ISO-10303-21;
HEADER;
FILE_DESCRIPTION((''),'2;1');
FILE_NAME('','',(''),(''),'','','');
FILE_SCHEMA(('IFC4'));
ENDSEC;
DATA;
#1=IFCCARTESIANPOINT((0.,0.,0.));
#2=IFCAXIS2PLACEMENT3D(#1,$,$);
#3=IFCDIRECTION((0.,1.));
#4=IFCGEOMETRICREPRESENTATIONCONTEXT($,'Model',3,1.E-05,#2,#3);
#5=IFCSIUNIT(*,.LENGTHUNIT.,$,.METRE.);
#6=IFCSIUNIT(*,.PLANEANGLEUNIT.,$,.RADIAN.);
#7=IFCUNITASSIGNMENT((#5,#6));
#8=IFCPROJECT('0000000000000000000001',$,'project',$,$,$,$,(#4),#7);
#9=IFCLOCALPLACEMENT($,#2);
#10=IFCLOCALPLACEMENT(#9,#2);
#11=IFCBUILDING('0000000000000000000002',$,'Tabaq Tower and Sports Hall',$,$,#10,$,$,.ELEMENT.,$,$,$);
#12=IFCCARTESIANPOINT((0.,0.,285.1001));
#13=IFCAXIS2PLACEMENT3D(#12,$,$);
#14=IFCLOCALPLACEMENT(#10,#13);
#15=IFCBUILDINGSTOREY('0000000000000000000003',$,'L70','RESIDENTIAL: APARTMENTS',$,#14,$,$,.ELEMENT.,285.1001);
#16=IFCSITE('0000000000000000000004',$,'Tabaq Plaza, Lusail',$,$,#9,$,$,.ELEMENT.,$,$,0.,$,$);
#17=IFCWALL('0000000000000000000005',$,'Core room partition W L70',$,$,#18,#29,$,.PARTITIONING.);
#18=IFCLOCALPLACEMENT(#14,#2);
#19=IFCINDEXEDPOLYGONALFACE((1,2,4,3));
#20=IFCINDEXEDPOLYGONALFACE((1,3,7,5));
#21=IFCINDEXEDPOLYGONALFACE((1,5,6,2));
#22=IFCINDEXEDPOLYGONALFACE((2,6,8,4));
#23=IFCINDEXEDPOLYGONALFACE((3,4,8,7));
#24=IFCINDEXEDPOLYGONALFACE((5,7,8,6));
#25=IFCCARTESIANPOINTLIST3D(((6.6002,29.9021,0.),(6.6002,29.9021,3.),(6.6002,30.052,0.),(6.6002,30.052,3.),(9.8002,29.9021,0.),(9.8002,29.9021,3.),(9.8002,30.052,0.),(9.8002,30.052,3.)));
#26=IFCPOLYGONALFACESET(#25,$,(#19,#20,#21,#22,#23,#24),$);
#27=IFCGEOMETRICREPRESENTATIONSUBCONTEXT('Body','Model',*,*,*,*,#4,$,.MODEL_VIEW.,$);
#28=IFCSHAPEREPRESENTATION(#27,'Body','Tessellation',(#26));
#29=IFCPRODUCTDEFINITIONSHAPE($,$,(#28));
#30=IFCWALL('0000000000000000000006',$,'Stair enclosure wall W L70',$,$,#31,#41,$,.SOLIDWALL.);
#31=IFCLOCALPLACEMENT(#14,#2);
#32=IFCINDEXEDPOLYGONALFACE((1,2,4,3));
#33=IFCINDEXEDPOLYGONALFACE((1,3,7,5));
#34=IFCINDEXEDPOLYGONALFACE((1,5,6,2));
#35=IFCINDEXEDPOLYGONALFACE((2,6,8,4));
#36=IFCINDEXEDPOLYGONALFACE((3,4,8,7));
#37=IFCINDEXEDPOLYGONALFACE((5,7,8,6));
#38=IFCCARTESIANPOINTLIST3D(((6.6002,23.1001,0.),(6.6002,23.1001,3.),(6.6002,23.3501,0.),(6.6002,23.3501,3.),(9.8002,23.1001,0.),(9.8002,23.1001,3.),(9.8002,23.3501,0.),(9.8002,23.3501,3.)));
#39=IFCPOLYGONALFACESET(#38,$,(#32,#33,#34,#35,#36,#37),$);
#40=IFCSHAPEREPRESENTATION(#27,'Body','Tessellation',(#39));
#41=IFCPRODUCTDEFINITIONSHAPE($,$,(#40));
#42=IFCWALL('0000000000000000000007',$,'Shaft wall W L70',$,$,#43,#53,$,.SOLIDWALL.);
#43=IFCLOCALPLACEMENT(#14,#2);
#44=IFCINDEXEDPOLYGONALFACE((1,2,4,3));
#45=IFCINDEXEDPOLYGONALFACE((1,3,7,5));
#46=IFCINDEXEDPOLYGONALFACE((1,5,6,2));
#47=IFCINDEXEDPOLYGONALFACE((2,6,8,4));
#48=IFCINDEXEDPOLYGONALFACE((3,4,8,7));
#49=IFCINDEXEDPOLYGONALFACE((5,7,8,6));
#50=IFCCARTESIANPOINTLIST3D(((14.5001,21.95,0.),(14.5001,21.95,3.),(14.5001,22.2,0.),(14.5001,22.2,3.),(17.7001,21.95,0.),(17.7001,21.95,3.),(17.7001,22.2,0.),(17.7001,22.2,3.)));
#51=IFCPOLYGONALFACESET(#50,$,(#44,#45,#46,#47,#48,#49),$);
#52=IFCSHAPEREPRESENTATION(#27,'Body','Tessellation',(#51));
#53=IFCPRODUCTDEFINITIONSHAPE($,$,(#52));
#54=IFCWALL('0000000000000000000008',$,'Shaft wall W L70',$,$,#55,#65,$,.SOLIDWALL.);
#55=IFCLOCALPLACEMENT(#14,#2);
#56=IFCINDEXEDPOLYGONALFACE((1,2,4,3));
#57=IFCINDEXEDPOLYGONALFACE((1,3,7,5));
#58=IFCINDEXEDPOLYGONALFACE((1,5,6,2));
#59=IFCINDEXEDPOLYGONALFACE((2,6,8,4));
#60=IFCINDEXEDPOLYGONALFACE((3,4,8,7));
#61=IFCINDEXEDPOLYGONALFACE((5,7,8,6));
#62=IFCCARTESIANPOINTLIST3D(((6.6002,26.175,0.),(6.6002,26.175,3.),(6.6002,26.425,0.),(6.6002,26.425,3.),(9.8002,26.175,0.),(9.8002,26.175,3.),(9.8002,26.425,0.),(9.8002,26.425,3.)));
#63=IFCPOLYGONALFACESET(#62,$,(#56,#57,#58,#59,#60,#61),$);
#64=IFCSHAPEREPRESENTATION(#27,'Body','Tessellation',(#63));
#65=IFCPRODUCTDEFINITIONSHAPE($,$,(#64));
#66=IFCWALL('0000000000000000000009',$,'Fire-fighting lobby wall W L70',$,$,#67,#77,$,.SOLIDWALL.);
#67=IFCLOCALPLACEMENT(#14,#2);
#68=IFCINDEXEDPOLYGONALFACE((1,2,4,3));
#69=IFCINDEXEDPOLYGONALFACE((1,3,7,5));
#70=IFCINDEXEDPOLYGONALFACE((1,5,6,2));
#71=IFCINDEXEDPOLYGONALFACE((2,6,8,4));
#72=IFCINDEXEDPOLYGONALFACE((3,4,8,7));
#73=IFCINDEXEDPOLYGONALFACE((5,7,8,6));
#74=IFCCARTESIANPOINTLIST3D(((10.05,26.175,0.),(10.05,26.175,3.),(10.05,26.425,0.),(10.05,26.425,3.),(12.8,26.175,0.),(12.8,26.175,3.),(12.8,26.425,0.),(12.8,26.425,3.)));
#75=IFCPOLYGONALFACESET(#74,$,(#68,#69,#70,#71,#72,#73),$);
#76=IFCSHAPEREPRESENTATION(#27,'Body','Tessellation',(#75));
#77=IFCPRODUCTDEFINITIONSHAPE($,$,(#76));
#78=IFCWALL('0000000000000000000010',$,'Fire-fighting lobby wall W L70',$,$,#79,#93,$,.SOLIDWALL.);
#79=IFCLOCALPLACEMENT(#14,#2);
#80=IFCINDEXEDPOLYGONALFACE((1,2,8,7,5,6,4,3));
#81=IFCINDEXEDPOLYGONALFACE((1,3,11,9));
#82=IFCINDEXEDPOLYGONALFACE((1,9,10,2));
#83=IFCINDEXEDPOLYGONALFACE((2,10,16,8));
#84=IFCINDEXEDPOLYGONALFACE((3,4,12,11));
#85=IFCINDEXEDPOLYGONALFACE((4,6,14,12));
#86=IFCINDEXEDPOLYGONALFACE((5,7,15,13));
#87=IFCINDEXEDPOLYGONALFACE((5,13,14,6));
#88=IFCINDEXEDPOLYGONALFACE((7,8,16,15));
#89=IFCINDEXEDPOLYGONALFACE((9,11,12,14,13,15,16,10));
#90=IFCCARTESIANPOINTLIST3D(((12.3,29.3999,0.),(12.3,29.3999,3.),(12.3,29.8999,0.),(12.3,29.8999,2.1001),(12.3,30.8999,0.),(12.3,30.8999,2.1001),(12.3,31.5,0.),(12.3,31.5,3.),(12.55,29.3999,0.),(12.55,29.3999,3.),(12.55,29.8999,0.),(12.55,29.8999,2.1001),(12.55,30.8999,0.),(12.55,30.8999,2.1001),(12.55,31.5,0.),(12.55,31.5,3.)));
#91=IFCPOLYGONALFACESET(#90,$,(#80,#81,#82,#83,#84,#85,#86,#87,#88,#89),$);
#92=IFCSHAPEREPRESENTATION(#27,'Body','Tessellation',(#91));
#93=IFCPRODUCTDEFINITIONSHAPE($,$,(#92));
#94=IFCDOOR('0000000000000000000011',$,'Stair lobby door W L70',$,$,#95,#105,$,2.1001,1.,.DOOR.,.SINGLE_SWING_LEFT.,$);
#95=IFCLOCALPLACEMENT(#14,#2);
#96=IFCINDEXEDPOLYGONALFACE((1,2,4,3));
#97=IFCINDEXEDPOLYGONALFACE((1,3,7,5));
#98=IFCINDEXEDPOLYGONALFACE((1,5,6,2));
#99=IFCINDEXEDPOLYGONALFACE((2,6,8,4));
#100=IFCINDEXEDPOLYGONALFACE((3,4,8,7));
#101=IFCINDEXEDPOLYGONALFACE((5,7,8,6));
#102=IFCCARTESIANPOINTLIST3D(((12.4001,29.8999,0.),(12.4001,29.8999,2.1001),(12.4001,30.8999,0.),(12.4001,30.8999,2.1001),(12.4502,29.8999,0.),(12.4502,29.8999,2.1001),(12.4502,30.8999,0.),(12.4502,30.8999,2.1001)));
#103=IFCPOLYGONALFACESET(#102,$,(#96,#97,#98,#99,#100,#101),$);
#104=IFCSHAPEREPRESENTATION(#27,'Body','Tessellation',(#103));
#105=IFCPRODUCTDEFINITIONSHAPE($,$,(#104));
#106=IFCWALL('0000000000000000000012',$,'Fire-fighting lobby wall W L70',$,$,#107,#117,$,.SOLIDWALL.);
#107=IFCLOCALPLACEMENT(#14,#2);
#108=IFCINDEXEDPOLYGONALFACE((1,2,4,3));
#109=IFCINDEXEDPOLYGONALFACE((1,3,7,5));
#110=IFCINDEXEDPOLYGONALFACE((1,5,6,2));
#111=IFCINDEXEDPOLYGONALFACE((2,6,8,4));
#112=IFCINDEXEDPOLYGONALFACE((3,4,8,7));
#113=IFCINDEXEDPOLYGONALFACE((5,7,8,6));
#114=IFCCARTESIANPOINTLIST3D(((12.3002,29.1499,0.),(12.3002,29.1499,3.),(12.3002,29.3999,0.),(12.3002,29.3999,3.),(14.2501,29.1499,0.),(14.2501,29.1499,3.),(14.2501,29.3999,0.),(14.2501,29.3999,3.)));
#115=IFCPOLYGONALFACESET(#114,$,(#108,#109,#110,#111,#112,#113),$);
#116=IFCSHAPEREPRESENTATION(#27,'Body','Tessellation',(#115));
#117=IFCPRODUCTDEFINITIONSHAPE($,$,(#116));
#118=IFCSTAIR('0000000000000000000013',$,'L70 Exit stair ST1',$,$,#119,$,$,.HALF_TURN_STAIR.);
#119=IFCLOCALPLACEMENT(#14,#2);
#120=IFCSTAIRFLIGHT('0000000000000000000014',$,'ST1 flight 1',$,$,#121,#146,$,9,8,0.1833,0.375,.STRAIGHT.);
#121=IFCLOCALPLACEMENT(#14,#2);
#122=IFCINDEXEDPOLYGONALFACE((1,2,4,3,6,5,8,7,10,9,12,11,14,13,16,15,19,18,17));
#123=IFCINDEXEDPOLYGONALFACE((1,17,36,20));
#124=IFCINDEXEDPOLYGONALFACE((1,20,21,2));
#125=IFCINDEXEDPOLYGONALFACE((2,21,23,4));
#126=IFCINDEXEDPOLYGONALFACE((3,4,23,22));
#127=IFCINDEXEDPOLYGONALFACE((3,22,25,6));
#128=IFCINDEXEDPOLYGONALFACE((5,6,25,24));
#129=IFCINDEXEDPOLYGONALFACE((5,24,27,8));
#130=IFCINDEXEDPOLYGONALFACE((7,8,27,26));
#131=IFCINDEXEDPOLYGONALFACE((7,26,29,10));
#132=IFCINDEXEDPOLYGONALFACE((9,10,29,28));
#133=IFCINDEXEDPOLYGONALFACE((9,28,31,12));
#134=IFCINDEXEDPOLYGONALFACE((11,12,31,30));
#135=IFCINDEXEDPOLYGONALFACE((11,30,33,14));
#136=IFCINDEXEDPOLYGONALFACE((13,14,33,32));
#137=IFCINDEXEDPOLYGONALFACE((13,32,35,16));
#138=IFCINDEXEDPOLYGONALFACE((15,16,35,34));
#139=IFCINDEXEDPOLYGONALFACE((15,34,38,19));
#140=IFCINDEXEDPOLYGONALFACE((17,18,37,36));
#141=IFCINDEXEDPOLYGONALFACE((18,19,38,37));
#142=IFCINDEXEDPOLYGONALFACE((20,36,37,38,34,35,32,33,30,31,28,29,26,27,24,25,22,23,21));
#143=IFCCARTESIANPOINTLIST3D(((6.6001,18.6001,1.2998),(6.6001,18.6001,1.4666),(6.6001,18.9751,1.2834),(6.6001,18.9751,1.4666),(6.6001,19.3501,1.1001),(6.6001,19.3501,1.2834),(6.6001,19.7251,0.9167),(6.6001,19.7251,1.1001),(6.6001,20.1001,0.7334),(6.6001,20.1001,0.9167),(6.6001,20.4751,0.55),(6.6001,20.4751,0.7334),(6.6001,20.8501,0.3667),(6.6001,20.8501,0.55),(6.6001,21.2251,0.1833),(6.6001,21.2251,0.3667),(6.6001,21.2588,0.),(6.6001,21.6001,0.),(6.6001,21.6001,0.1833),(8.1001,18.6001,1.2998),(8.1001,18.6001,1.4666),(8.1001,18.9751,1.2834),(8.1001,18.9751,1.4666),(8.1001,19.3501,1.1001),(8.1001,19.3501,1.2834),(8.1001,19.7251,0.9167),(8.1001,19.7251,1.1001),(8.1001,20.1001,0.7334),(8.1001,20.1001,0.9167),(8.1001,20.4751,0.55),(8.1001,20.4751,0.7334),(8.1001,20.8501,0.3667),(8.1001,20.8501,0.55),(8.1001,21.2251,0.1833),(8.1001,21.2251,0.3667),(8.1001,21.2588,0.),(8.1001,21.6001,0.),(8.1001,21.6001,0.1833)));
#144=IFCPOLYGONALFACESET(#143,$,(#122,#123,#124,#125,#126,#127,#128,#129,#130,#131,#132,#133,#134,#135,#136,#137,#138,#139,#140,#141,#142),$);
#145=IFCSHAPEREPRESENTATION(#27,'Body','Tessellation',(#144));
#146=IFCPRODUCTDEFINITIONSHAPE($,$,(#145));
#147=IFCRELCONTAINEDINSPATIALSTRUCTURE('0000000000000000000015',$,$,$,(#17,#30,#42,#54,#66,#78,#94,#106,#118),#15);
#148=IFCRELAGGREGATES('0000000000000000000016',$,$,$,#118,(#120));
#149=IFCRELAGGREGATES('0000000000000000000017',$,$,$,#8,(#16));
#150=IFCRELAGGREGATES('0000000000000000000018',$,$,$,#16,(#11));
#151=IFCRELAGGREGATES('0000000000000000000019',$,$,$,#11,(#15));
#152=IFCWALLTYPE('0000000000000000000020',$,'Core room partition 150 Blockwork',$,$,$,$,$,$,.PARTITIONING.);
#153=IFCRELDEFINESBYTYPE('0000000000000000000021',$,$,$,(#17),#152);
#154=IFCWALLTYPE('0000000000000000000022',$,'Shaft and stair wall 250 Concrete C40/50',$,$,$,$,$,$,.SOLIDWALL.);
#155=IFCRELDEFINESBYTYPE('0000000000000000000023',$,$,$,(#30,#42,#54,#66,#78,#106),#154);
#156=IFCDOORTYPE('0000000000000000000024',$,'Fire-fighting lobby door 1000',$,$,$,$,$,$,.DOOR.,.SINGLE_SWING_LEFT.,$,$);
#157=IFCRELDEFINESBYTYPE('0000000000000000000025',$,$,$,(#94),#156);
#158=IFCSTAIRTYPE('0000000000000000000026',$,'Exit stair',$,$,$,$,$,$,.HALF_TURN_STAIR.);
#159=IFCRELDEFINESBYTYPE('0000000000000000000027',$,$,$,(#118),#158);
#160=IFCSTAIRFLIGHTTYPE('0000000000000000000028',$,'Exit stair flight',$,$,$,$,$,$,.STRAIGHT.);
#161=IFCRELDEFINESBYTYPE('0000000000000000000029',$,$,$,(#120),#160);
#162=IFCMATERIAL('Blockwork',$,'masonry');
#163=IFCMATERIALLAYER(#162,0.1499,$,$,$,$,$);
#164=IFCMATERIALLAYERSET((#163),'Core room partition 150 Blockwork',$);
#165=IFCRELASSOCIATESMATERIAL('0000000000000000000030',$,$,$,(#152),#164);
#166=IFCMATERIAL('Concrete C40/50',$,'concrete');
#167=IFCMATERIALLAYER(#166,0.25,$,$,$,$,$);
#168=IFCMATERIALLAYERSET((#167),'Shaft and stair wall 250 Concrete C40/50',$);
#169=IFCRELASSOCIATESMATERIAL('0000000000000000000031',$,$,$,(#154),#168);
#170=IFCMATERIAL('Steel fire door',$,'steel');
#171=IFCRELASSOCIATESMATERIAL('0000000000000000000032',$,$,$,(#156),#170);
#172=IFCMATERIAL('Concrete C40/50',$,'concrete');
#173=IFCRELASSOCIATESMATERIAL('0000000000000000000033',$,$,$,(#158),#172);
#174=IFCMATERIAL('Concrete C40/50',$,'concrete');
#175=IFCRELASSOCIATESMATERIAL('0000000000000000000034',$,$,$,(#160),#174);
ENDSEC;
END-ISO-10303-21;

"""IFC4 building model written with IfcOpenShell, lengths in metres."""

from ifc_helpers import new_model, si_unit, direction, frame, frame_2d, origin, place, context, subcontext, project, spatial, polyline, rectangle, outline, extrude, material, layer, layer_set, type_object, element, fill, aggregate, save


model = new_model("IFC4")

# Units and contexts
model_context = context("Model", 3, precision=1e-05, world=origin(), true_north=direction((0.0, 1.0)))
body_context = subcontext(model_context, "Body", "Model", "MODEL_VIEW")
ifc_project = project(units=[si_unit("LENGTHUNIT", "METRE"), si_unit("PLANEANGLEUNIT", "RADIAN")], contexts=[model_context])

# Site, building, storey
site_placement = place(None, origin())
site = spatial("IfcSite", under=ifc_project, at=site_placement, Name="Tabaq Plaza, Lusail", CompositionType="ELEMENT", RefElevation=0.0)
building_placement = place(site_placement, origin())
building = spatial("IfcBuilding", under=site, at=building_placement, Name="Tabaq Tower and Sports Hall", CompositionType="ELEMENT")
storey_placement = place(building_placement, frame((0.0, 0.0, 285.1001)))
storey = spatial("IfcBuildingStorey", under=building, at=storey_placement, Name="L70", Description="RESIDENTIAL: APARTMENTS", CompositionType="ELEMENT", Elevation=285.1001)

# Wall
ifc_material_1 = material(Name="Blockwork", Category="masonry")
ifc_layer_1 = layer(ifc_material_1, 0.1499)
ifc_layer_set_1 = layer_set([ifc_layer_1], Name="Core room partition 150 Blockwork")
wall_type_1 = type_object("IfcWallType", Name="Core room partition 150 Blockwork", PredefinedType="PARTITIONING", material=ifc_layer_set_1)
wall_1_placement = place(storey_placement, frame((6.6001, 29.9771, 0.0), z_axis=(0.0, 0.0, 1.0), x_axis=(1.0, 0.0, 0.0)))
element("IfcWall", 1, at=wall_1_placement, inside=storey, type_object=wall_type_1, Name="Core room partition W L70", PredefinedType="PARTITIONING", context=body_context, shape_type="SweptSolid", body=[
    extrude(rectangle(XDim=3.2, YDim=0.1499, at=frame_2d((1.6001, 0.0))), origin(), (0.0, 0.0, 1.0), 3.0),
])

# Walls
ifc_material_2 = material(Name="Concrete C40/50", Category="concrete")
ifc_layer_2 = layer(ifc_material_2, 0.25)
ifc_layer_set_2 = layer_set([ifc_layer_2], Name="Shaft and stair wall 250 Concrete C40/50")
wall_type_2 = type_object("IfcWallType", Name="Shaft and stair wall 250 Concrete C40/50", PredefinedType="SOLIDWALL", material=ifc_layer_set_2)
for number, where, z_axis, x_axis, name in (
    (2, (6.6001, 23.2251, 0.0), (0.0, 0.0, 1.0), (1.0, 0.0, 0.0), "Stair enclosure wall W L70"),
    (3, (14.5, 22.075, 0.0), (0.0, 0.0, 1.0), (1.0, 0.0, 0.0), "Shaft wall W L70"),
    (4, (6.6001, 26.3, 0.0), (0.0, 0.0, 1.0), (1.0, 0.0, 0.0), "Shaft wall W L70"),
):
    element("IfcWall", number, at=place(storey_placement, frame(where, z_axis=z_axis, x_axis=x_axis)), inside=storey, type_object=wall_type_2, Name=name, PredefinedType="SOLIDWALL", context=body_context, shape_type="SweptSolid", body=[
        extrude(rectangle(XDim=3.2, YDim=0.25, at=frame_2d((1.6001, 0.0))), origin(), (0.0, 0.0, 1.0), 3.0),
    ])
wall_2_placement = place(storey_placement, frame((10.05, 26.3, 0.0), z_axis=(0.0, 0.0, 1.0), x_axis=(1.0, 0.0, 0.0)))
element("IfcWall", 5, at=wall_2_placement, inside=storey, type_object=wall_type_2, Name="Fire-fighting lobby wall W L70", PredefinedType="SOLIDWALL", context=body_context, shape_type="SweptSolid", body=[
    extrude(rectangle(XDim=2.75, YDim=0.25, at=frame_2d((1.375, 0.0))), origin(), (0.0, 0.0, 1.0), 3.0),
])

# Wall, opening, door
wall_3_placement = place(storey_placement, frame((12.425, 29.3999, 0.0), z_axis=(0.0, 0.0, 1.0), x_axis=(0.0, 1.0, 0.0)))
wall_3 = element("IfcWall", 6, at=wall_3_placement, inside=storey, type_object=wall_type_2, Name="Fire-fighting lobby wall W L70", PredefinedType="SOLIDWALL", context=body_context, shape_type="SweptSolid", body=[
    extrude(rectangle(XDim=2.1001, YDim=0.25, at=frame_2d((1.05, 0.0))), origin(), (0.0, 0.0, 1.0), 3.0),
])
opening_1_placement = place(wall_3_placement, frame((0.5, 0.0, 0.0)))
opening_1 = element("IfcOpeningElement", 7, at=opening_1_placement, cuts=wall_3, PredefinedType="OPENING", context=body_context, shape_type="SweptSolid", body=[
    extrude(rectangle(XDim=1.0, YDim=2.1001, at=frame_2d((0.5, 1.05))), frame((0.0, 0.125, 0.0), z_axis=(0.0, -1.0, 0.0), x_axis=(1.0, 0.0, 0.0)), (0.0, 0.0, 1.0), 0.25),
])
ifc_material_3 = material(Name="Steel fire door", Category="steel")
door_type_1 = type_object("IfcDoorType", Name="Fire-fighting lobby door 1000", OperationType="SINGLE_SWING_LEFT", PredefinedType="DOOR", material=ifc_material_3)
door_1_placement = place(opening_1_placement, origin())
door_1 = element("IfcDoor", 8, at=door_1_placement, inside=storey, type_object=door_type_1, Name="Stair lobby door W L70", OperationType="SINGLE_SWING_LEFT", OverallHeight=2.1001, OverallWidth=1.0, PredefinedType="DOOR", context=body_context, shape_type="SweptSolid", body=[
    extrude(rectangle(XDim=1.0, YDim=2.1001, at=frame_2d((0.5, 1.05))), frame((0.0, 0.0249, 0.0), z_axis=(0.0, -1.0, 0.0), x_axis=(1.0, 0.0, 0.0)), (0.0, 0.0, 1.0), 0.05),
])
fill(opening_1, door_1)

# Wall
wall_4_placement = place(storey_placement, frame((12.3, 29.2749, 0.0), z_axis=(0.0, 0.0, 1.0), x_axis=(1.0, 0.0, 0.0)))
element("IfcWall", 9, at=wall_4_placement, inside=storey, type_object=wall_type_2, Name="Fire-fighting lobby wall W L70", PredefinedType="SOLIDWALL", context=body_context, shape_type="SweptSolid", body=[
    extrude(rectangle(XDim=1.95, YDim=0.25, at=frame_2d((0.9751, 0.0))), origin(), (0.0, 0.0, 1.0), 3.0),
])

# Stair, stair flight
ifc_material_4 = material(Name="Concrete C40/50", Category="concrete")
stair_type = type_object("IfcStairType", Name="Exit stair", PredefinedType="HALF_TURN_STAIR", material=ifc_material_4)
stair_placement = place(storey_placement, origin())
stair = element("IfcStair", 10, at=stair_placement, inside=storey, type_object=stair_type, Name="L70 Exit stair ST1", PredefinedType="HALF_TURN_STAIR")
ifc_material_5 = material(Name="Concrete C40/50", Category="concrete")
stair_flight_type = type_object("IfcStairFlightType", Name="Exit stair flight", PredefinedType="STRAIGHT", material=ifc_material_5)
stair_flight_placement = place(storey_placement, frame((7.3501, 21.6001, 0.0), z_axis=(0.0, 0.0, 1.0), x_axis=(0.0, -1.0, 0.0)))
stair_flight = element("IfcStairFlight", 11, at=stair_flight_placement, type_object=stair_flight_type, Name="ST1 flight 1", NumberOfRisers=9, NumberOfTreads=8, PredefinedType="STRAIGHT", RiserHeight=0.1833, TreadLength=0.375, context=body_context, shape_type="SweptSolid", body=[
    extrude(outline(polyline([(0.0, 0.0), (0.0, 0.1833), (0.375, 0.1833), (0.375, 0.3667), (0.75, 0.3667), (0.75, 0.55), (1.125, 0.55), (1.125, 0.7334), (1.5, 0.7334), (1.5, 0.9167), (1.875, 0.9167), (1.875, 1.1001), (2.25, 1.1001), (2.25, 1.2834), (2.625, 1.2834), (2.625, 1.4666), (3.0, 1.4666), (3.0, 1.6499), (3.0, 1.2998), (0.3413, 0.0), (0.0, 0.0)])), frame((0.0, 0.75, 0.0), z_axis=(0.0, -1.0, 0.0), x_axis=(1.0, 0.0, 0.0)), (0.0, 0.0, 1.0), 1.5),
])
aggregate(stair, [stair_flight])

save(model, "model.ifc")
